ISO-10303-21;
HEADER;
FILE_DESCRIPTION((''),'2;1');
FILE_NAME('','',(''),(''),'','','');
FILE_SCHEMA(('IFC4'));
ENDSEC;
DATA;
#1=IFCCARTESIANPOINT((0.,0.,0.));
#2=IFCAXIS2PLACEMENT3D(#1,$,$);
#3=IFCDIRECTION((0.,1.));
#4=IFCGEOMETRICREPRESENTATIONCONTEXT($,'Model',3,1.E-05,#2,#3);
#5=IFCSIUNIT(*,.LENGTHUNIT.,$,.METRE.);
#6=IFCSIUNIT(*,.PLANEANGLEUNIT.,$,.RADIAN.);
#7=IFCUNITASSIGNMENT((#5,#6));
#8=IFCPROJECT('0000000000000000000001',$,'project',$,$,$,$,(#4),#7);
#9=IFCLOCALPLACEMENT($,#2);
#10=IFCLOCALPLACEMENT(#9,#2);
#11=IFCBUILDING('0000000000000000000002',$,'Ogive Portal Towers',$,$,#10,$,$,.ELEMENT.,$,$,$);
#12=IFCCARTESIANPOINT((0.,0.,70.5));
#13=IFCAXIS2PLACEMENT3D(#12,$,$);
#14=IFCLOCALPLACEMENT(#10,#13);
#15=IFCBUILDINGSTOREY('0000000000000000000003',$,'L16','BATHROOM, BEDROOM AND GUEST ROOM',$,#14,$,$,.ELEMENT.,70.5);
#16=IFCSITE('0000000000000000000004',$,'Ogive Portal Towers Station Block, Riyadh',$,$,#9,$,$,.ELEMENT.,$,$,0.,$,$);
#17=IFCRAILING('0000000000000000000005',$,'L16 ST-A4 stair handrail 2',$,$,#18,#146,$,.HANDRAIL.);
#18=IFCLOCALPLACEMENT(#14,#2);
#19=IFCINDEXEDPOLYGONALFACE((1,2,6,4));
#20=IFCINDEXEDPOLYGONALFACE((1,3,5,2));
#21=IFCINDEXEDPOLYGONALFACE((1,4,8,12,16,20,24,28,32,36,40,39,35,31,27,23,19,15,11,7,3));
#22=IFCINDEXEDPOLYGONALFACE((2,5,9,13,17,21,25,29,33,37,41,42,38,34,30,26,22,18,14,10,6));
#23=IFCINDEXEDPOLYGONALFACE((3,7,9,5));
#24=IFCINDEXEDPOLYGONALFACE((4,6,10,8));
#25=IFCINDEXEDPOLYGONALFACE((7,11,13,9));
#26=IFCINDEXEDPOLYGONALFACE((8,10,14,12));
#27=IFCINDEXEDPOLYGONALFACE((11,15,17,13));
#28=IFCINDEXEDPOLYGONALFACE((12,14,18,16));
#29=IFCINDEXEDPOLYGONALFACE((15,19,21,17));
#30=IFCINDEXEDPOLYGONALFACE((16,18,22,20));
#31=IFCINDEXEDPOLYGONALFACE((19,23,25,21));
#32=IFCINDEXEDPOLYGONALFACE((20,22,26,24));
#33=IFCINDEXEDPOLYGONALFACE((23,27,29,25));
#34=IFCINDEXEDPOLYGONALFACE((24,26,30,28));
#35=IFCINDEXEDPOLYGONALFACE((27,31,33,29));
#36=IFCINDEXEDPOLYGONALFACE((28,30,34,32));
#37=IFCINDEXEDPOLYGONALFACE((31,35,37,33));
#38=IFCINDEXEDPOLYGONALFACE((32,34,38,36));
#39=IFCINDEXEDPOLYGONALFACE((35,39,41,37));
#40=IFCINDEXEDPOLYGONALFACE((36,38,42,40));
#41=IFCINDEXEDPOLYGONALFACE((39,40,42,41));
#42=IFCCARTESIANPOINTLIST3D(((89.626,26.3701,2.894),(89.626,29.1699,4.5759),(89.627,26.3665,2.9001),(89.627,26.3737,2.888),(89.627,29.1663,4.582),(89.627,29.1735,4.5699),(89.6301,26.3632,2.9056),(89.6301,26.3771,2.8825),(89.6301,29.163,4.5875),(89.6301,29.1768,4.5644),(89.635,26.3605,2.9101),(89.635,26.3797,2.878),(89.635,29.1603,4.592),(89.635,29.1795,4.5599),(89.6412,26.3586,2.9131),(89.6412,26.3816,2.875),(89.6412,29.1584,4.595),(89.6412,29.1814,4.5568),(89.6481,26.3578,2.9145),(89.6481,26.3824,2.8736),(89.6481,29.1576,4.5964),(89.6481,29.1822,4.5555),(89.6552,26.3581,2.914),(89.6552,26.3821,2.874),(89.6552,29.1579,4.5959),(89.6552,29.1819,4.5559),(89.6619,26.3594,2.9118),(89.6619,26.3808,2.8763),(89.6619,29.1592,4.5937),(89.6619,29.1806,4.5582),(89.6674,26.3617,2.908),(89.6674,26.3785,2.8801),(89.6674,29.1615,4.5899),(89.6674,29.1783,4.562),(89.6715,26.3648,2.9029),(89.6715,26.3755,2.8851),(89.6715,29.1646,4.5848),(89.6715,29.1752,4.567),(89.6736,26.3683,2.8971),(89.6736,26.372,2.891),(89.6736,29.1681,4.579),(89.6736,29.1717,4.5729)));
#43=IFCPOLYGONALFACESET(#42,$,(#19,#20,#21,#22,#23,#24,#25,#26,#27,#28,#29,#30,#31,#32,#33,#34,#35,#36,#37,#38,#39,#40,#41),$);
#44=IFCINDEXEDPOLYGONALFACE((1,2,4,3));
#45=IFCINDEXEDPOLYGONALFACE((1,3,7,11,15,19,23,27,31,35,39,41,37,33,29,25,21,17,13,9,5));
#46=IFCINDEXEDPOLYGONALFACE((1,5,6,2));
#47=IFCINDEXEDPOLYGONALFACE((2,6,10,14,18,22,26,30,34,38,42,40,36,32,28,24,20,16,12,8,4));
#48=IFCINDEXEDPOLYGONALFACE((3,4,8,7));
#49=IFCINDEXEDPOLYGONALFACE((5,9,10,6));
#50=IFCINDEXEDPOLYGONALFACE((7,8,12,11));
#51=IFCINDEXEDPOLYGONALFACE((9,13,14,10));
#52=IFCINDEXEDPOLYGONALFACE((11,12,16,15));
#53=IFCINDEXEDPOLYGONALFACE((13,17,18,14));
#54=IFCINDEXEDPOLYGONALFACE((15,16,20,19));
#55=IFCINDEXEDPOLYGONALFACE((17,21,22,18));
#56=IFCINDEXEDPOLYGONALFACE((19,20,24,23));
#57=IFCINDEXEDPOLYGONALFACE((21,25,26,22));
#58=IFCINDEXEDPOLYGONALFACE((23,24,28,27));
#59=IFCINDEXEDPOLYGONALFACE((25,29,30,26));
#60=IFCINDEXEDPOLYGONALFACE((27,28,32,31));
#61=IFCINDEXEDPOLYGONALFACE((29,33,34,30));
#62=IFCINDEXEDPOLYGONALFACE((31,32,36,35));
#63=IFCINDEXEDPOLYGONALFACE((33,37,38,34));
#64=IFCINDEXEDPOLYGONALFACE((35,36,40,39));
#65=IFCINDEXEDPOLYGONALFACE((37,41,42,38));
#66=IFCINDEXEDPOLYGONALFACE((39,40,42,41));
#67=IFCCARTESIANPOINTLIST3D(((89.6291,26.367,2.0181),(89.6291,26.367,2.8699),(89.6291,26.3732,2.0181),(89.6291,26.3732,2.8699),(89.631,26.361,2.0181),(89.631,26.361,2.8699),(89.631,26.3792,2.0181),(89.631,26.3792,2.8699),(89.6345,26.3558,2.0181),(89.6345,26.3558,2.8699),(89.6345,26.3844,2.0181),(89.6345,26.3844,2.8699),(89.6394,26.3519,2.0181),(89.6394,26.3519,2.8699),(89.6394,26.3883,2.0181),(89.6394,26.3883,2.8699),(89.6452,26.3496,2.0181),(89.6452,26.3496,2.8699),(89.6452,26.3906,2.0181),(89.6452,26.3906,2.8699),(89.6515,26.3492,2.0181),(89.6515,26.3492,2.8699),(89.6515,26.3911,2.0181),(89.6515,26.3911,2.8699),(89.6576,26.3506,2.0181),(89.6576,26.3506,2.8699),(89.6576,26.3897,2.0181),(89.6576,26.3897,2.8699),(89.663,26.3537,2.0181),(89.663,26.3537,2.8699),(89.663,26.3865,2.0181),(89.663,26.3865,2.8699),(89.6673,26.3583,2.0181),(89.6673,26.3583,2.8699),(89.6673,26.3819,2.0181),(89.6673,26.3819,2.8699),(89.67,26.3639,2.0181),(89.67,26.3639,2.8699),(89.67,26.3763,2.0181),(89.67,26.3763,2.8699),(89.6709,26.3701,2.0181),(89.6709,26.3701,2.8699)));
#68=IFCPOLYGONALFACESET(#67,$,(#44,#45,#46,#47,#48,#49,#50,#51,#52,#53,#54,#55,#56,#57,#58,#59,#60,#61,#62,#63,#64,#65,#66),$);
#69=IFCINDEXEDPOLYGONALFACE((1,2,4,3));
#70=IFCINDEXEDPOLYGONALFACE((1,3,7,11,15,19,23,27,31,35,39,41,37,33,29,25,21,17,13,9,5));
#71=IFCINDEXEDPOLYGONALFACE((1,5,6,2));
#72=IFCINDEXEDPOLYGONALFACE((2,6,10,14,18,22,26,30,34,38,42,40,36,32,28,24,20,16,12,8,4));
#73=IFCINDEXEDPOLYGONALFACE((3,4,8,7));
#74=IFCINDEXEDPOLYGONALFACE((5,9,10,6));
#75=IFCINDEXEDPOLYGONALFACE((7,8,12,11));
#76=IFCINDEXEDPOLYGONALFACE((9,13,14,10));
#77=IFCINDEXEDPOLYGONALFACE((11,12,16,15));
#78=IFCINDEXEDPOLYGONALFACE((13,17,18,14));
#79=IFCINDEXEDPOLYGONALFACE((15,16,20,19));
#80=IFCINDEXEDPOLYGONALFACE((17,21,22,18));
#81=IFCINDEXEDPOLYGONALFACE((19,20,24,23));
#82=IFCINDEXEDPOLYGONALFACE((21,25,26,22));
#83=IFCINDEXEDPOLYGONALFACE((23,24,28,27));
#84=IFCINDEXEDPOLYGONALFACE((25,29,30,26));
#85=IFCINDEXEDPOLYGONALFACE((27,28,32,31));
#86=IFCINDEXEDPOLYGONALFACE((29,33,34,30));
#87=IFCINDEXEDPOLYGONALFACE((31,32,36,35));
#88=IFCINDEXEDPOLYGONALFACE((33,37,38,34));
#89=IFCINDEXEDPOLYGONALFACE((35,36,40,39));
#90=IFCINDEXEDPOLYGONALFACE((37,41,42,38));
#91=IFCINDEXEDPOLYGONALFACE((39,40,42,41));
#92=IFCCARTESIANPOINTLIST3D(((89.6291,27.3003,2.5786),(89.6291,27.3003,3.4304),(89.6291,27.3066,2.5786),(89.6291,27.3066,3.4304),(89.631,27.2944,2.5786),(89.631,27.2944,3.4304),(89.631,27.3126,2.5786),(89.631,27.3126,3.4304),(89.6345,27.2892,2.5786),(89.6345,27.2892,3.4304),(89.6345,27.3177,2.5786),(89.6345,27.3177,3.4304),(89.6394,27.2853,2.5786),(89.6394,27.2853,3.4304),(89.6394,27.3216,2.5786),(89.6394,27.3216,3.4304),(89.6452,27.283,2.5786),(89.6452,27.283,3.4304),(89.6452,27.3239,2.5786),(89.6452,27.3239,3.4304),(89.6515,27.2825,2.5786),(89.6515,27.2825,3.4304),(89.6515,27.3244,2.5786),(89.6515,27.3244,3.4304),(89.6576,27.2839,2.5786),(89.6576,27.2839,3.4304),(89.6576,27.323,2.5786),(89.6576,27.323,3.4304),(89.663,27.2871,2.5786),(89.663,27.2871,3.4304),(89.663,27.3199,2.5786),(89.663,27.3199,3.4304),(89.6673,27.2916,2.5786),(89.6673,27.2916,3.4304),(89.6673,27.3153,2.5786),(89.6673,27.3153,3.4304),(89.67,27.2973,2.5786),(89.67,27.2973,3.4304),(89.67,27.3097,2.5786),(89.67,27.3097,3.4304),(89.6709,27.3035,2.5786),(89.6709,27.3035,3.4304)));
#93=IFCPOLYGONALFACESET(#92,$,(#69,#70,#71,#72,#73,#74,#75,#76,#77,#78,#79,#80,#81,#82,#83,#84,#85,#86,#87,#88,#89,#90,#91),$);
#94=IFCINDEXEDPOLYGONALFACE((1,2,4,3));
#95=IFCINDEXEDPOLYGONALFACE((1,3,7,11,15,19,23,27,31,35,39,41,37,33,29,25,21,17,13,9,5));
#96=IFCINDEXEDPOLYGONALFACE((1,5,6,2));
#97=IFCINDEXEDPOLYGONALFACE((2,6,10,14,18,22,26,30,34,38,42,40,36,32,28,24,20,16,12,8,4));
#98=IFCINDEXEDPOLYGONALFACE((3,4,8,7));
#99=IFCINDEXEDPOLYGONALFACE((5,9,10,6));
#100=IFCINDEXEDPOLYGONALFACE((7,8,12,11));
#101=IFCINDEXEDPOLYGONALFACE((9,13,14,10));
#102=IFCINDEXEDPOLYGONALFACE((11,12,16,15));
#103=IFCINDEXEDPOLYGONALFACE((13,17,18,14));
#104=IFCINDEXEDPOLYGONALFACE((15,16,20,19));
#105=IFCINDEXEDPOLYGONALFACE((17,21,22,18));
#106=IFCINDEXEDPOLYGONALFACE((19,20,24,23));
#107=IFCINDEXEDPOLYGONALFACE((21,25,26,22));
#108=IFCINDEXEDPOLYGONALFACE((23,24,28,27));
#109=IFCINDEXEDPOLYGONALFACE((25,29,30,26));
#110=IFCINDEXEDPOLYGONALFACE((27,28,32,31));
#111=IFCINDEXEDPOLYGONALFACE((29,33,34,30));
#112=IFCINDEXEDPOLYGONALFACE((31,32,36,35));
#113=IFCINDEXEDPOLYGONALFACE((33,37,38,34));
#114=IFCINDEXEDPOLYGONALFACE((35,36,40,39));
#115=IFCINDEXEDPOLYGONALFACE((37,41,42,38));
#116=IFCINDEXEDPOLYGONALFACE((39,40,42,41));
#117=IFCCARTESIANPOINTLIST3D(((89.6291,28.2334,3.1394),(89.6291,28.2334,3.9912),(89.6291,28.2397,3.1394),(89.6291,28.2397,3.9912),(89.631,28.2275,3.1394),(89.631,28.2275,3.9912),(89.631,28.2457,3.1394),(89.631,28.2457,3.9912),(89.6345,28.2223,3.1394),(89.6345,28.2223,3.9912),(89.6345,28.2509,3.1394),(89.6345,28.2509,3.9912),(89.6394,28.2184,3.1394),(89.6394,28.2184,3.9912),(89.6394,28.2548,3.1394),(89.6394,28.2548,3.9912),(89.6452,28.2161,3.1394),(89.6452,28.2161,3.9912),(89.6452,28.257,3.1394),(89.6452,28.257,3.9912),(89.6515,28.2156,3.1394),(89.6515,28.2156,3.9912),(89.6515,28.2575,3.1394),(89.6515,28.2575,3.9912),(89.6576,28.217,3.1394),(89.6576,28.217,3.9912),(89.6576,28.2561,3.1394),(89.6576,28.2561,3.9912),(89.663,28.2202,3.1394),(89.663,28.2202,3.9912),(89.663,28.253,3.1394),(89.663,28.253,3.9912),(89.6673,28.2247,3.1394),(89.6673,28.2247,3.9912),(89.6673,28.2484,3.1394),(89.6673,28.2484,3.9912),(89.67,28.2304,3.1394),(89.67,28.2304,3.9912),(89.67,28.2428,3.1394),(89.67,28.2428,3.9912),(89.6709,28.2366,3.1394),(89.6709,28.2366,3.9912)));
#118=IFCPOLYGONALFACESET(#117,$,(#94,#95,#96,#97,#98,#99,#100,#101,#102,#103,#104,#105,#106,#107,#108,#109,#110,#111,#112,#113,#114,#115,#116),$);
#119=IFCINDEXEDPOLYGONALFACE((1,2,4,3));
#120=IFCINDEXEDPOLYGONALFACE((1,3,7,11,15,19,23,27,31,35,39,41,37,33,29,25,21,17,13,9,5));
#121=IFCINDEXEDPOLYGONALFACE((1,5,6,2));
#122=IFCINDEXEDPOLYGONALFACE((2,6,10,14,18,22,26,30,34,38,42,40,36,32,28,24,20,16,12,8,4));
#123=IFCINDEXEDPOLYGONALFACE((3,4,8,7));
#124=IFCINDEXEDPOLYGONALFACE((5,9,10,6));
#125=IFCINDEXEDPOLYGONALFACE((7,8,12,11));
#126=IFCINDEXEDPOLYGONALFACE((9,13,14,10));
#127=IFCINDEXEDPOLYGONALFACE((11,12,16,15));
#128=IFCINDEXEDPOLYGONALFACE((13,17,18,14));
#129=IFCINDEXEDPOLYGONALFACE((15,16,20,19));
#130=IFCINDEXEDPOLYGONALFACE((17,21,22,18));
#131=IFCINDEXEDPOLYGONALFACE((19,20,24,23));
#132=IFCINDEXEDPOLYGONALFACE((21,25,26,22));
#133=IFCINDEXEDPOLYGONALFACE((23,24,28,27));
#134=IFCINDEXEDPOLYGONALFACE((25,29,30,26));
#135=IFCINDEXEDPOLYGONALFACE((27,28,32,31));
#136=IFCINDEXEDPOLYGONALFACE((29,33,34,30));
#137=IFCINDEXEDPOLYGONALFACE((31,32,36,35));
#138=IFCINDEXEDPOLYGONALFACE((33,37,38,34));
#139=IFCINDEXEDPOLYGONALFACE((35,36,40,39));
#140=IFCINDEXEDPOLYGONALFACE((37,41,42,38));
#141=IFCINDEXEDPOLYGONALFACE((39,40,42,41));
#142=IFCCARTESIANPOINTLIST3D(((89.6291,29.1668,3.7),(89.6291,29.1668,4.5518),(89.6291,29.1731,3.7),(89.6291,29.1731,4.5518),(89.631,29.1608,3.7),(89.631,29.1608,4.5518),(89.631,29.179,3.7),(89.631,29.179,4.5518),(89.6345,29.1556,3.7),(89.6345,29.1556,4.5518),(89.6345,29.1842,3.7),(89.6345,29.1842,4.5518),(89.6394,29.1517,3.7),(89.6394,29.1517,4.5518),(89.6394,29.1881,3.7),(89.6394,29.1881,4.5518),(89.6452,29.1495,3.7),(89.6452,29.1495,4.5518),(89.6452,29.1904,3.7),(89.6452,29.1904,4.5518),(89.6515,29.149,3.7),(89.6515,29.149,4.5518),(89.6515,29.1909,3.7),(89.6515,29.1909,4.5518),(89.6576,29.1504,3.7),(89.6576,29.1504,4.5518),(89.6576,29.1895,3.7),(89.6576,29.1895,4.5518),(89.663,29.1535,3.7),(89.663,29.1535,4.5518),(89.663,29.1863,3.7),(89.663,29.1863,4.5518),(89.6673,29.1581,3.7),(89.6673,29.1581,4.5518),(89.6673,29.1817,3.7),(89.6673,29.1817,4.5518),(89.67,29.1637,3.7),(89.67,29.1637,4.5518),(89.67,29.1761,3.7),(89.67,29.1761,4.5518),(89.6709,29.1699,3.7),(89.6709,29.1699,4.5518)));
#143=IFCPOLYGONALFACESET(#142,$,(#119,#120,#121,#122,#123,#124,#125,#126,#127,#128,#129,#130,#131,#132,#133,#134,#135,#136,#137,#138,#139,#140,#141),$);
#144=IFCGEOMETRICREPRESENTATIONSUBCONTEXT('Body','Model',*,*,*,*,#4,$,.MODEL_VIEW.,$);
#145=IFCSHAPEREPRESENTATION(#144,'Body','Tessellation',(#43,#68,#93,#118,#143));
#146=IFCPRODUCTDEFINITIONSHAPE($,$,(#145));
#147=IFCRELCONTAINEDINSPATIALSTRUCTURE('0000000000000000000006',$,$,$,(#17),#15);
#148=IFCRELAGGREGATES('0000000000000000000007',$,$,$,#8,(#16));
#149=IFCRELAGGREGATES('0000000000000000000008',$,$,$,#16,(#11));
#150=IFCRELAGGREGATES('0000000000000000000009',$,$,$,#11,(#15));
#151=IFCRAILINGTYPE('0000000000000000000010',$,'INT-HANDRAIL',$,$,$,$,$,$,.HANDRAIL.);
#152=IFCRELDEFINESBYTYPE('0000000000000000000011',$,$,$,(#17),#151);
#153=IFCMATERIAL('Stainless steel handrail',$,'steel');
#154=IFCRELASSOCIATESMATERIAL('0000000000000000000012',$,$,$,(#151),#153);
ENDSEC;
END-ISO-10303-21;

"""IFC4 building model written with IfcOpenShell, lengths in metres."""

from ifc_helpers import new_model, si_unit, direction, frame, origin, origin_2d, place, context, subcontext, project, spatial, circle, extrude, material, type_object, element, save


model = new_model("IFC4")

# Units and contexts
model_context = context("Model", 3, precision=1e-05, world=origin(), true_north=direction((0.0, 1.0)))
body_context = subcontext(model_context, "Body", "Model", "MODEL_VIEW")
ifc_project = project(units=[si_unit("LENGTHUNIT", "METRE"), si_unit("PLANEANGLEUNIT", "RADIAN")], contexts=[model_context])

# Site, building, storey
site_placement = place(None, origin())
site = spatial("IfcSite", under=ifc_project, at=site_placement, Name="Ogive Portal Towers Station Block, Riyadh", CompositionType="ELEMENT", RefElevation=0.0)
building_placement = place(site_placement, origin())
building = spatial("IfcBuilding", under=site, at=building_placement, Name="Ogive Portal Towers", CompositionType="ELEMENT")
storey_placement = place(building_placement, frame((0.0, 0.0, 70.5)))
storey = spatial("IfcBuildingStorey", under=building, at=storey_placement, Name="L16", Description="BATHROOM, BEDROOM AND GUEST ROOM", CompositionType="ELEMENT", Elevation=70.5)

# Railing
ifc_material_1 = material(Name="Stainless steel handrail", Category="steel")
railing_type_1 = type_object("IfcRailingType", Name="INT-HANDRAIL", PredefinedType="HANDRAIL", material=ifc_material_1)
railing_1_placement = place(storey_placement, frame((89.6499, 26.3701, 2.0181)))
element("IfcRailing", 1, at=railing_1_placement, inside=storey, type_object=railing_type_1, Name="L16 ST-A4 stair handrail 2", PredefinedType="HANDRAIL", context=body_context, shape_type="SweptSolid", body=[
    extrude(circle(Radius=0.0239, at=origin_2d()), frame((0.0, 0.0, 0.876), z_axis=(0.0, 0.857222, 0.514946), x_axis=(-1.0, 0.0, 0.0)), (0.0, 0.0, 1.0), 3.2661),
    extrude(circle(Radius=0.021, at=origin_2d()), origin(), (0.0, 0.0, 1.0), 0.8518),
    extrude(circle(Radius=0.021, at=origin_2d()), frame((0.0, 0.9333, 0.5605)), (0.0, 0.0, 1.0), 0.8518),
    extrude(circle(Radius=0.021, at=origin_2d()), frame((0.0, 1.8665, 1.1213)), (0.0, 0.0, 1.0), 0.8518),
    extrude(circle(Radius=0.021, at=origin_2d()), frame((0.0, 2.7998, 1.6819)), (0.0, 0.0, 1.0), 0.8518),
])

save(model, "model.ifc")
